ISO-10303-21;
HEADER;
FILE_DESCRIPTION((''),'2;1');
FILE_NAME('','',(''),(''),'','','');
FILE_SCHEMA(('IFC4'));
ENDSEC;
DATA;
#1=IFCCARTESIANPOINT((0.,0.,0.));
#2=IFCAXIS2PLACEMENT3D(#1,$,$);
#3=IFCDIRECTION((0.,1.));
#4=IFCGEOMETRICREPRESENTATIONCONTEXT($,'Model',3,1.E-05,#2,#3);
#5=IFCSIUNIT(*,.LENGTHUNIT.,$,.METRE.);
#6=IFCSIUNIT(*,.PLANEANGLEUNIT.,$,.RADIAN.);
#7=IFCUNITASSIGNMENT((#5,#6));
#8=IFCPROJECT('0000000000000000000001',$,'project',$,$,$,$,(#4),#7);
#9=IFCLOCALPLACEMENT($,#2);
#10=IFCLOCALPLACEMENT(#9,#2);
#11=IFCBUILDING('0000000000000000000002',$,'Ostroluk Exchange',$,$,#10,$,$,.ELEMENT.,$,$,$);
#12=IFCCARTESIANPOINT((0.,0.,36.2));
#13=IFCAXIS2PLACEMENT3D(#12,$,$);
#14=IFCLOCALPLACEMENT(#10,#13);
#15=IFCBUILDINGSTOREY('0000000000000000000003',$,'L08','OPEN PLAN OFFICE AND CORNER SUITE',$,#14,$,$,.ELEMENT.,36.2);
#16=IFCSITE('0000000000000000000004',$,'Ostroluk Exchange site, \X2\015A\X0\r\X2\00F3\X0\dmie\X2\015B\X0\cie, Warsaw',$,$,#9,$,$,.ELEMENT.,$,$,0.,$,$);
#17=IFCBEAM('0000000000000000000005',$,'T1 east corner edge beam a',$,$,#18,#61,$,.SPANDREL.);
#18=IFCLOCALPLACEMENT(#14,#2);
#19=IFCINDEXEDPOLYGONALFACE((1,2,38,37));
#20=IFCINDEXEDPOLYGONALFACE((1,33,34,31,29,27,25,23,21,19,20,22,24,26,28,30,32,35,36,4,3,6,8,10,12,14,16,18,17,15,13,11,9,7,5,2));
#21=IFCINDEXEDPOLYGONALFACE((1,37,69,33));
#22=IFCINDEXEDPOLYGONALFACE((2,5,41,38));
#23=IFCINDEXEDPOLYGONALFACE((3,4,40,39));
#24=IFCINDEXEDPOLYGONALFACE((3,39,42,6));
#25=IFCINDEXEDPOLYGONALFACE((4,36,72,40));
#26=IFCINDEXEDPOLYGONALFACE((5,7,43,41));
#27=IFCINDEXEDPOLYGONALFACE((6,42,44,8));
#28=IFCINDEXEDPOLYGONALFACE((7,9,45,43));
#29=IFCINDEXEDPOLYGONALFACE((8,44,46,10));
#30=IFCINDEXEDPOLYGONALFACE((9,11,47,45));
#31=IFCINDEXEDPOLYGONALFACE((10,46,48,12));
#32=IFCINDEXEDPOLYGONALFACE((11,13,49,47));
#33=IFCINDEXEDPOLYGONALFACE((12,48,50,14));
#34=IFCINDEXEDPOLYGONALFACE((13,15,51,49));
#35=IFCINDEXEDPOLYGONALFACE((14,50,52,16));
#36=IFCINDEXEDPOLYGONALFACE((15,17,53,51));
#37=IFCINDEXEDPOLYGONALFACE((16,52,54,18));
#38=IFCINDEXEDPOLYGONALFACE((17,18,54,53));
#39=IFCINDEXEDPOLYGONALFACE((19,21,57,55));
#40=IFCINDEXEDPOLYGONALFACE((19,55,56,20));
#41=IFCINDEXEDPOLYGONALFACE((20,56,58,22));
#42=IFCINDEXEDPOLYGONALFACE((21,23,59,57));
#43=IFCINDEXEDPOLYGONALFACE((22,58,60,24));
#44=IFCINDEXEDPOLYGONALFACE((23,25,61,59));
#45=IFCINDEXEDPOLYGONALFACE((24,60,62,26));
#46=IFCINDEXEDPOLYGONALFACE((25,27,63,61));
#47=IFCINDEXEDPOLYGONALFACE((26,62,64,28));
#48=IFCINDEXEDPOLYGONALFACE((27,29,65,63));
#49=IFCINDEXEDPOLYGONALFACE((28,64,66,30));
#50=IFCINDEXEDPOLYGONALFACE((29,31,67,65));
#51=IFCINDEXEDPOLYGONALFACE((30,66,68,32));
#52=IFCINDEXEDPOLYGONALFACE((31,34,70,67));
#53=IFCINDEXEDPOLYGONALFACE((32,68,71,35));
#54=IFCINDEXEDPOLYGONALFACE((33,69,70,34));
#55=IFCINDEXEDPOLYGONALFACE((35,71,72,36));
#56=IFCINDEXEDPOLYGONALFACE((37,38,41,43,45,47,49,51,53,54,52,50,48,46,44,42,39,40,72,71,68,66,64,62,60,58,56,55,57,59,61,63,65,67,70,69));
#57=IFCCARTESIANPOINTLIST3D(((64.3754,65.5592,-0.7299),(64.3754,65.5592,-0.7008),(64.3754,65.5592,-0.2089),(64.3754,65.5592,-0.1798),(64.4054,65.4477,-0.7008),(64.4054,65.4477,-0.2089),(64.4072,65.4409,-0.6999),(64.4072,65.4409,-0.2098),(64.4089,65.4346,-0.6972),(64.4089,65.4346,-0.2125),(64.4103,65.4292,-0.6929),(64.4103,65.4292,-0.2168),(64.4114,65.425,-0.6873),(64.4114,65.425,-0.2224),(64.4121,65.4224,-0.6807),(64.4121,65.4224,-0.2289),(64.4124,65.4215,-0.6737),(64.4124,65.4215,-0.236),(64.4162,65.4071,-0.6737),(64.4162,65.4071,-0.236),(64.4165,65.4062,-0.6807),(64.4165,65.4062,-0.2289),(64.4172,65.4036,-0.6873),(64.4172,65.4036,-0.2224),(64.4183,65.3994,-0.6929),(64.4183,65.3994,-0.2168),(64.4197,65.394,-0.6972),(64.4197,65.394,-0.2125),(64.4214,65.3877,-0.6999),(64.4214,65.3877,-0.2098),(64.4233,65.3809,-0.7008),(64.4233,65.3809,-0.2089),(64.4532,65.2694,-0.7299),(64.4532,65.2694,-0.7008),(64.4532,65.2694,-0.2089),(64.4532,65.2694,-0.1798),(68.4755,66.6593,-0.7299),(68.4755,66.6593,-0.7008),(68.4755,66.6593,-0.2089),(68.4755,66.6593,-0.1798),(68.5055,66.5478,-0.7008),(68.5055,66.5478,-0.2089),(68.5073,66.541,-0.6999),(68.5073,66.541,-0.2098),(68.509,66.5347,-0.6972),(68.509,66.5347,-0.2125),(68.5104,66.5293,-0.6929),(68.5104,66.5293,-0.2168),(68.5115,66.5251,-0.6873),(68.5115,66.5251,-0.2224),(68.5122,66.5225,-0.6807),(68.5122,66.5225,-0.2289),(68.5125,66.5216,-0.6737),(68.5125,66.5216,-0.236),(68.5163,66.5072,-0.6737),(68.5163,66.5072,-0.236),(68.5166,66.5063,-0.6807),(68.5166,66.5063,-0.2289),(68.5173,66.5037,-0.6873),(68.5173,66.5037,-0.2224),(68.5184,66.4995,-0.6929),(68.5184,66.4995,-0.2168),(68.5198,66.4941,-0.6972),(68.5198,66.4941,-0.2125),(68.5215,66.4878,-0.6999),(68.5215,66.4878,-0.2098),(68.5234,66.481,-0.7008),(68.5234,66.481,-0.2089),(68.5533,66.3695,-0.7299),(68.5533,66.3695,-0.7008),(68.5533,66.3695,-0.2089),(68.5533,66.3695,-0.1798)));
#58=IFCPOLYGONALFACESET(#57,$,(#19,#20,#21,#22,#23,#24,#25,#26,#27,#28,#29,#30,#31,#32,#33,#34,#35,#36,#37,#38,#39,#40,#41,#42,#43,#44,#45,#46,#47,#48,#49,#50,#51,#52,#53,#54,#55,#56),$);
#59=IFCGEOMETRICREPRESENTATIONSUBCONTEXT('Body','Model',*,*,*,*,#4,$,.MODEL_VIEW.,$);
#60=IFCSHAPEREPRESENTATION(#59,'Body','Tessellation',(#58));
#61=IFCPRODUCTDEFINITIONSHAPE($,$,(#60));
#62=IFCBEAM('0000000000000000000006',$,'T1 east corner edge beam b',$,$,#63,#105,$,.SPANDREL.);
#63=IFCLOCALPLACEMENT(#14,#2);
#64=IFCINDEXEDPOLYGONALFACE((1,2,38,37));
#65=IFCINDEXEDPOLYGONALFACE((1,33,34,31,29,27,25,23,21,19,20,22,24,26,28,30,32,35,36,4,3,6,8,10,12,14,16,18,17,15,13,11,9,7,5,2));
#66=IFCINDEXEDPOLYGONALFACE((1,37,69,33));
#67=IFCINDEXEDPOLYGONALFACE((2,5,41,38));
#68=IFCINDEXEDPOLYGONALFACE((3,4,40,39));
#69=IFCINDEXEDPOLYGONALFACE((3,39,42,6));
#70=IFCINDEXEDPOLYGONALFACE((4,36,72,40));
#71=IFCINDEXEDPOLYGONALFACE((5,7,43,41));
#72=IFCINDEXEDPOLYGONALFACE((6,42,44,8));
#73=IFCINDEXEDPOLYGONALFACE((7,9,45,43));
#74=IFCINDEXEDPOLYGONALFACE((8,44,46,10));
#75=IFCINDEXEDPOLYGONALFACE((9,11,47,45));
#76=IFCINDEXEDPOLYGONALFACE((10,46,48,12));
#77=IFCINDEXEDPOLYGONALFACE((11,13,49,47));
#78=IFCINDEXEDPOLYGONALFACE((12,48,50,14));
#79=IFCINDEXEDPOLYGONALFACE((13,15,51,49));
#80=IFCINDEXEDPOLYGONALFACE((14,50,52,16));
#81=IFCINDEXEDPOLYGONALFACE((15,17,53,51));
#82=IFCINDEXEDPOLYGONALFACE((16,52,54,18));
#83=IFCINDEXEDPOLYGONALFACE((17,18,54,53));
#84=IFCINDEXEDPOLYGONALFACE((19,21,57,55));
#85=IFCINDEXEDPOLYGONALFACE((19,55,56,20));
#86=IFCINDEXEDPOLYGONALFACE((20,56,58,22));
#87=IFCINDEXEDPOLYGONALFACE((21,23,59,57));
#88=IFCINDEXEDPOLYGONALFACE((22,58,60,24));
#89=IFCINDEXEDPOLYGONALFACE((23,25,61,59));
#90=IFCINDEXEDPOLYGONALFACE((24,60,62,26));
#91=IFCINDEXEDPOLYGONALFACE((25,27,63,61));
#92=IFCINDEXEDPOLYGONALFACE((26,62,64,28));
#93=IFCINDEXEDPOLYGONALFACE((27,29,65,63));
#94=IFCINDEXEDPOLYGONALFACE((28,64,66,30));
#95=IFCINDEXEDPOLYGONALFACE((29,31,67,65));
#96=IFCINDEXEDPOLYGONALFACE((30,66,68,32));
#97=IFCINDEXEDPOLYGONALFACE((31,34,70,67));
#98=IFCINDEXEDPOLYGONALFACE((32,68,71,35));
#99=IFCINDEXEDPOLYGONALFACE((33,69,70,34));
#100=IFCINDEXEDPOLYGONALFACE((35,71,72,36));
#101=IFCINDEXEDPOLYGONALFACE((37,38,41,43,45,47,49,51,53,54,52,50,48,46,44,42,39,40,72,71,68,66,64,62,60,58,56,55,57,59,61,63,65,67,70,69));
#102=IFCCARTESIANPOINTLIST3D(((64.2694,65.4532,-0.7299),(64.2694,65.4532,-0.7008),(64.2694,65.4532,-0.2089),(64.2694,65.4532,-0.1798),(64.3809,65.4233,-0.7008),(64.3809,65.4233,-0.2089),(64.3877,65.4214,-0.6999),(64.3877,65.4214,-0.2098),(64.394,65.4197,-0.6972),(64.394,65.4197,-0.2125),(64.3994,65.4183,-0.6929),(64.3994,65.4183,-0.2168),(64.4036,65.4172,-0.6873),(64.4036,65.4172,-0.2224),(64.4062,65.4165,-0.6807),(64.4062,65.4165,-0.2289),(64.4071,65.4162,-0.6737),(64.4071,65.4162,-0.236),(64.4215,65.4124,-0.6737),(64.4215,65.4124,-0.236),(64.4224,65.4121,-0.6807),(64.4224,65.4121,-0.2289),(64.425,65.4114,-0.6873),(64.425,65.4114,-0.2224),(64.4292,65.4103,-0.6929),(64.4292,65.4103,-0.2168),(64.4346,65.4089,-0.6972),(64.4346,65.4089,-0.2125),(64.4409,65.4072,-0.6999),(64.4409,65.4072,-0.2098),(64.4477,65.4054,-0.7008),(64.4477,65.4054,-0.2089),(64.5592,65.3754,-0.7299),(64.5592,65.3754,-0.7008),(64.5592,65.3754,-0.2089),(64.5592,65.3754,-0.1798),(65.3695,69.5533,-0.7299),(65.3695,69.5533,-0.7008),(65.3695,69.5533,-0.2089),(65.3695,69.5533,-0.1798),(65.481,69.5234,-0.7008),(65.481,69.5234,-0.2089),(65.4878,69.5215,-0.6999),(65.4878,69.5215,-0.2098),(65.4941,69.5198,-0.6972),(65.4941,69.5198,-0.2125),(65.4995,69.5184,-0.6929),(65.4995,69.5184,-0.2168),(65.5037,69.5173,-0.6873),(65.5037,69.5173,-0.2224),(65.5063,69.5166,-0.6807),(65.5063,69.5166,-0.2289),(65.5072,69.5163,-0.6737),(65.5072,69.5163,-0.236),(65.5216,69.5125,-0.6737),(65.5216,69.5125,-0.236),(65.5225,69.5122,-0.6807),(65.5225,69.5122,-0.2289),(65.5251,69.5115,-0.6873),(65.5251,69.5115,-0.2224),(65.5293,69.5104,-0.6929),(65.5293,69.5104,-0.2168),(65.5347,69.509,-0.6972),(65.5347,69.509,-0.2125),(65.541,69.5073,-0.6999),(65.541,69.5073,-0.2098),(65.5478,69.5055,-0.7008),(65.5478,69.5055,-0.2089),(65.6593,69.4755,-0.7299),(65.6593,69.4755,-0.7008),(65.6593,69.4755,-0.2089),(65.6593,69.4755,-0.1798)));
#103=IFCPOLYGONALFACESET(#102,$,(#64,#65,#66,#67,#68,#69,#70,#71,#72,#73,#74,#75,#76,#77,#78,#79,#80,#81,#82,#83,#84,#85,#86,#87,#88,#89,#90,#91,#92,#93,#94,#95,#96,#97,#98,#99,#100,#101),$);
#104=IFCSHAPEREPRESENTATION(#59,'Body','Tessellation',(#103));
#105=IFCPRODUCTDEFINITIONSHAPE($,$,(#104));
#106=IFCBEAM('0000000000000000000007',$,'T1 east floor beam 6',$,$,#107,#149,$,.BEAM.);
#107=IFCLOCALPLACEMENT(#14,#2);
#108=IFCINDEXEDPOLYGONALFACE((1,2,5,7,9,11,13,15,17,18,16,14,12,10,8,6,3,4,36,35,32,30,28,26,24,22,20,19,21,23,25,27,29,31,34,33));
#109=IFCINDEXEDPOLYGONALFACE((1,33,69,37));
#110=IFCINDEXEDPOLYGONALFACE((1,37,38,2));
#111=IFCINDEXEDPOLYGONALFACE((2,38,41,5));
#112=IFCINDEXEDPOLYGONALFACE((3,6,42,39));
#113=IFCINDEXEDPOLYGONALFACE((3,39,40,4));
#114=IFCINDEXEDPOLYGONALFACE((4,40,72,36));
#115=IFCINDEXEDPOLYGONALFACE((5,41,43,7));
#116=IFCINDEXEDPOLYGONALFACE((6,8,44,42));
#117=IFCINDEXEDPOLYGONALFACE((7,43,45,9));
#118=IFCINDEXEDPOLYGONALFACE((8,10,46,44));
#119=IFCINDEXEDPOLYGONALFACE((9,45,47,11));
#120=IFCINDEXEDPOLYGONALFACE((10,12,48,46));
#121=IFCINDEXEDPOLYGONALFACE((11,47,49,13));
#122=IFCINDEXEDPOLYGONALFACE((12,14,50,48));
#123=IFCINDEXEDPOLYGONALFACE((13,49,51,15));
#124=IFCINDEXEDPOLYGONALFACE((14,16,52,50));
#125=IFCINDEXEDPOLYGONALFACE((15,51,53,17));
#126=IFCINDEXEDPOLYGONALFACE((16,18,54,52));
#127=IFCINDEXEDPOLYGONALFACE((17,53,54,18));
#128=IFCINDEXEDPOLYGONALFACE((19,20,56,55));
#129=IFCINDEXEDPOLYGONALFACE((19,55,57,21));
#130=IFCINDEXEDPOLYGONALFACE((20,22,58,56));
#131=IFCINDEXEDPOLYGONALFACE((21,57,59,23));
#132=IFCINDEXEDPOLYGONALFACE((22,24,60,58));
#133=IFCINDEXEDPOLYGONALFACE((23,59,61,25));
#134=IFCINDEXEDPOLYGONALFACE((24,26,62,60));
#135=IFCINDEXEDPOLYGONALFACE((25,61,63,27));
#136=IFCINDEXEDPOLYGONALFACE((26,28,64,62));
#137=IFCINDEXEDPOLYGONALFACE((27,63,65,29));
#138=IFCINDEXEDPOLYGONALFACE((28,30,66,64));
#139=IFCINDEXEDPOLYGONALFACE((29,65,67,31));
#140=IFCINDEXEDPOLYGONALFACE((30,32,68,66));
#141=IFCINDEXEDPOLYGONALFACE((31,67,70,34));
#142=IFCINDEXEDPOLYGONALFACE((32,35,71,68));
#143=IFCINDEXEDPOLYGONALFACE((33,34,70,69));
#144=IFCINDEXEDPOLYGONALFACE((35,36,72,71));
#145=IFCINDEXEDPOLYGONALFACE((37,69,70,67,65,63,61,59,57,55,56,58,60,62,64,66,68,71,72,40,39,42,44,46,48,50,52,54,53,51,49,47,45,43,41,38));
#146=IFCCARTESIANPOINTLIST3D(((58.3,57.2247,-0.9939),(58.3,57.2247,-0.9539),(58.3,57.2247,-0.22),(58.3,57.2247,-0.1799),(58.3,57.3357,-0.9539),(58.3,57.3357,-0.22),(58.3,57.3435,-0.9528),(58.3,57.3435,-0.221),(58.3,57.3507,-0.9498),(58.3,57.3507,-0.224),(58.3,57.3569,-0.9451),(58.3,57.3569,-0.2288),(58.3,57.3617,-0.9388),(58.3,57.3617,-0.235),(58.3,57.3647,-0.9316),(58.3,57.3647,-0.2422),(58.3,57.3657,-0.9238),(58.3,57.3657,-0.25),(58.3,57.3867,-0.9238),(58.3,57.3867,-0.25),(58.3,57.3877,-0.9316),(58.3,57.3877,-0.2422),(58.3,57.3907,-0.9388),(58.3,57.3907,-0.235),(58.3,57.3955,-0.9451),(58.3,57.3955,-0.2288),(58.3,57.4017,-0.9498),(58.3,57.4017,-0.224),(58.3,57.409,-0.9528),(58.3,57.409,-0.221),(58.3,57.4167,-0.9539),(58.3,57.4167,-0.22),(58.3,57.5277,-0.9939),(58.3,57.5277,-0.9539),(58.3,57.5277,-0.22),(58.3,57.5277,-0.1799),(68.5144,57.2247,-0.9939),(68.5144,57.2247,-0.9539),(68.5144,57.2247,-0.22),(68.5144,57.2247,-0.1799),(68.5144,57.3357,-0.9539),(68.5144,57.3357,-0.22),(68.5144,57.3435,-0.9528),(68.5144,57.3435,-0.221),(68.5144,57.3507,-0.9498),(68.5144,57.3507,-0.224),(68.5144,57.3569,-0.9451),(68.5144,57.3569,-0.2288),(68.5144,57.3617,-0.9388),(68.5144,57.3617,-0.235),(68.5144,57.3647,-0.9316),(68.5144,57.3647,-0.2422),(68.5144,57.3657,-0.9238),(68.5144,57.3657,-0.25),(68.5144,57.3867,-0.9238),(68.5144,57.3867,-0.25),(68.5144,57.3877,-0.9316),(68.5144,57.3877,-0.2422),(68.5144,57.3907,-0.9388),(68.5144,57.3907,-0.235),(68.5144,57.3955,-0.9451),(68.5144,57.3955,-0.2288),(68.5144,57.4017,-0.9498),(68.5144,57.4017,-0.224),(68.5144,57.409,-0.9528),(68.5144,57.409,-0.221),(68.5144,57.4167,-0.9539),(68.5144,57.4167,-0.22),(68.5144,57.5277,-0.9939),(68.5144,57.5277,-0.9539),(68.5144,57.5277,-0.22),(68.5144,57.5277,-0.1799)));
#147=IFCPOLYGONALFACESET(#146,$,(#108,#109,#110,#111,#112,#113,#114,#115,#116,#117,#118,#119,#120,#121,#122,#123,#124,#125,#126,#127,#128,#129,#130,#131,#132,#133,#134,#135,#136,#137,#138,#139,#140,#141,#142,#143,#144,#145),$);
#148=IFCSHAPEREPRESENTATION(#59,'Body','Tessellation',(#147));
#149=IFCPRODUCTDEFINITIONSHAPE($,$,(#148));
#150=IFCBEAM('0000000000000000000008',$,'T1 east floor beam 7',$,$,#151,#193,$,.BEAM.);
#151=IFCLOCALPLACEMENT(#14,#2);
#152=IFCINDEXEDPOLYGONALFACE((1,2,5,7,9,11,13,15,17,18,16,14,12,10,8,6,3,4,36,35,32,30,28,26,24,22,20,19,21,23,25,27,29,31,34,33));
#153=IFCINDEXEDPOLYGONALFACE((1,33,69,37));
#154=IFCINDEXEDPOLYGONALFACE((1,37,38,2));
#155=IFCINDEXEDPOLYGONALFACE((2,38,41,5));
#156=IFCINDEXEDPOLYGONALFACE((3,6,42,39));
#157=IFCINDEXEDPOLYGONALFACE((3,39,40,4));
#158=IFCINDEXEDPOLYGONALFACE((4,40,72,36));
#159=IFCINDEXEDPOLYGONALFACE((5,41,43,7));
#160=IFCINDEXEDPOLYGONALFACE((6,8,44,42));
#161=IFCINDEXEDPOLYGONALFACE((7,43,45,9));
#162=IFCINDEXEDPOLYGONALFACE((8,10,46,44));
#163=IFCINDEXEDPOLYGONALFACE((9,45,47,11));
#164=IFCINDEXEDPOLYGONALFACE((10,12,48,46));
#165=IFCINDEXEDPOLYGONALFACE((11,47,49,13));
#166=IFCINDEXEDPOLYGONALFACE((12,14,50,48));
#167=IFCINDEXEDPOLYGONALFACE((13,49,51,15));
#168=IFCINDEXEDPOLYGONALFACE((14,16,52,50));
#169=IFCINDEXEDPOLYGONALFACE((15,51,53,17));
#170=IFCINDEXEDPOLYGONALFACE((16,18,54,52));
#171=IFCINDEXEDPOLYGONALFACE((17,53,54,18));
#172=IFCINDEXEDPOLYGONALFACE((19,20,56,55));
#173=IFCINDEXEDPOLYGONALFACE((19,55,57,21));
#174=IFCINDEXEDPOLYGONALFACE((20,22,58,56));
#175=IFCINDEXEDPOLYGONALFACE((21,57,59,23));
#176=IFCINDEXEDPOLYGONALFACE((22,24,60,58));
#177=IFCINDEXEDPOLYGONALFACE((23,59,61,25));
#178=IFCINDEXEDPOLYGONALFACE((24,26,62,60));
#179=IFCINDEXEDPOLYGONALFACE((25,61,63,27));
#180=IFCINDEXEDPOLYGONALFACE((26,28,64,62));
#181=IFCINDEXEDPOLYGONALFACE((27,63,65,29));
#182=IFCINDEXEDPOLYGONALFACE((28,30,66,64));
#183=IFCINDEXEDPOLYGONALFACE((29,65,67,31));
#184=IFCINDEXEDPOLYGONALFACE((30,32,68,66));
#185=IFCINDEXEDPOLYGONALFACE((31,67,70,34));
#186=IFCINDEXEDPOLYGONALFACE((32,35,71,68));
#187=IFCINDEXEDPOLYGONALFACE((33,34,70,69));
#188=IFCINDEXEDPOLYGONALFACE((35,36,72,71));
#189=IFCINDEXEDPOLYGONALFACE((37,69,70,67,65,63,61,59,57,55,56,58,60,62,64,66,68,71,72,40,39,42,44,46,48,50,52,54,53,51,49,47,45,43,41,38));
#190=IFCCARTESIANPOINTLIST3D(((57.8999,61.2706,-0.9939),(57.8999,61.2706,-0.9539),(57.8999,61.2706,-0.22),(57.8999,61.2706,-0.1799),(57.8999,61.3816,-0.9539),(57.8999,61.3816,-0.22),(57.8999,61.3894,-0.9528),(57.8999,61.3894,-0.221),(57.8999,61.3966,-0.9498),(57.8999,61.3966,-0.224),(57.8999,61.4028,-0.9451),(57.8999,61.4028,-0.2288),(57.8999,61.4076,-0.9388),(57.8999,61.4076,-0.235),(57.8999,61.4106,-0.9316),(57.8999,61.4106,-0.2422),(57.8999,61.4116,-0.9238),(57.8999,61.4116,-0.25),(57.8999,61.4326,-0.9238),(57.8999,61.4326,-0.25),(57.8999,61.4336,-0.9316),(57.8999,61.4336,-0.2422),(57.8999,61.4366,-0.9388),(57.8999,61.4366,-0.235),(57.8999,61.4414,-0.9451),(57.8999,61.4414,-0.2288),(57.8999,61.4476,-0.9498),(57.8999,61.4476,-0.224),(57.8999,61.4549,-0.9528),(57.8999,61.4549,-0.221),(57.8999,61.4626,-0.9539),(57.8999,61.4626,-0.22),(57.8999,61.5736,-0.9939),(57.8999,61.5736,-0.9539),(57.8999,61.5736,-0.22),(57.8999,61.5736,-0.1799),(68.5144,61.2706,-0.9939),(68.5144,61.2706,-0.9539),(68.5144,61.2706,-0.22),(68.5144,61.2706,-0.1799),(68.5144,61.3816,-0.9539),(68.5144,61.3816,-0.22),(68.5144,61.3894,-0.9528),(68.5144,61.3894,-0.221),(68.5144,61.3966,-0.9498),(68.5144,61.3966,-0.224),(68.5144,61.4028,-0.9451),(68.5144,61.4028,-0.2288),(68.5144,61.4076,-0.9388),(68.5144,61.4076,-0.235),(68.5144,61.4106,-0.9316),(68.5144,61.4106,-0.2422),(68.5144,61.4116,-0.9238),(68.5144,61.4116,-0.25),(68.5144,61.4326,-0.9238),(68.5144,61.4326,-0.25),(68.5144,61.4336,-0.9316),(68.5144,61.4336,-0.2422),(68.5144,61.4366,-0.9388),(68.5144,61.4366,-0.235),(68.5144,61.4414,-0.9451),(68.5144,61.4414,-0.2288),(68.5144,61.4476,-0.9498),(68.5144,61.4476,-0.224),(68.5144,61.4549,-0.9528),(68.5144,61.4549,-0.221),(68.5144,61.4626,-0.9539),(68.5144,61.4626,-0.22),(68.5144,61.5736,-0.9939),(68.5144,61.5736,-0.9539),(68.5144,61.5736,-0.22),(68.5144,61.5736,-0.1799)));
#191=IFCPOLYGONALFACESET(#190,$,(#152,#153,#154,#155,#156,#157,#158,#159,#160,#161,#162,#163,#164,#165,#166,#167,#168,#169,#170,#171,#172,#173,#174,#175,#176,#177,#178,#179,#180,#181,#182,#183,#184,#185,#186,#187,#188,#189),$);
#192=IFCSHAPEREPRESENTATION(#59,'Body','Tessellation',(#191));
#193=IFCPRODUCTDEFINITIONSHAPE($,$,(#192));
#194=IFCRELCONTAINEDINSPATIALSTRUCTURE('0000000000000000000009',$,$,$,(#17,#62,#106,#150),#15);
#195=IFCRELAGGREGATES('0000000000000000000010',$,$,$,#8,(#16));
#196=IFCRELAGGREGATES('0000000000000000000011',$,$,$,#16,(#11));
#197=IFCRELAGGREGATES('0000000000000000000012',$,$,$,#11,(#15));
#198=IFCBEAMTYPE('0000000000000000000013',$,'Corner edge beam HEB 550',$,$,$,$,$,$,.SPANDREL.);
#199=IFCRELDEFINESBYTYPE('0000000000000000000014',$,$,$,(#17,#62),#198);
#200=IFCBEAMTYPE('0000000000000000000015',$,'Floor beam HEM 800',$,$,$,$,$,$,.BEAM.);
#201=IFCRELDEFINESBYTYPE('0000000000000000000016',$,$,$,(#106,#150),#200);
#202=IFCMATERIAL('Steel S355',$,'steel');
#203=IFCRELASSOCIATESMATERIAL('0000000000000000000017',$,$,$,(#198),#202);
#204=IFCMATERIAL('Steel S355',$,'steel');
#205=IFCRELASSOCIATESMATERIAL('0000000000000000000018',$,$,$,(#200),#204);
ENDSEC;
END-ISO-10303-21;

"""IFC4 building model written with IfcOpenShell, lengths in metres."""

from ifc_helpers import new_model, si_unit, direction, frame, origin, origin_2d, place, context, subcontext, project, spatial, i_section, extrude, material, material_profile, profile_set, type_object, element, save


model = new_model("IFC4")

# Units and contexts
model_context = context("Model", 3, precision=1e-05, world=origin(), true_north=direction((0.0, 1.0)))
body_context = subcontext(model_context, "Body", "Model", "MODEL_VIEW")
ifc_project = project(units=[si_unit("LENGTHUNIT", "METRE"), si_unit("PLANEANGLEUNIT", "RADIAN")], contexts=[model_context])

# Site, building, storey
site_placement = place(None, origin())
site = spatial("IfcSite", under=ifc_project, at=site_placement, Name="Ostroluk Exchange site, Śródmieście, Warsaw", CompositionType="ELEMENT", RefElevation=0.0)
building_placement = place(site_placement, origin())
building = spatial("IfcBuilding", under=site, at=building_placement, Name="Ostroluk Exchange", CompositionType="ELEMENT")
storey_placement = place(building_placement, frame((0.0, 0.0, 36.2)))
storey = spatial("IfcBuildingStorey", under=building, at=storey_placement, Name="L08", Description="OPEN PLAN OFFICE AND CORNER SUITE", CompositionType="ELEMENT", Elevation=36.2)

# Beams
ifc_material_1 = material(Name="Steel S355", Category="steel")
ifc_material_profile_1 = material_profile(ifc_material_1, i_section(OverallWidth=0.3, OverallDepth=0.55, WebThickness=0.0149, FlangeThickness=0.0291, FilletRadius=0.0271, at=origin_2d()), Name="HEB 550")
ifc_profile_set_1 = profile_set([ifc_material_profile_1], Name="Steel S355")
beam_type_1 = type_object("IfcBeamType", Name="Corner edge beam HEB 550", PredefinedType="SPANDREL", material=ifc_profile_set_1)
for number, where, z_axis, x_axis, name in (
    (1, (64.4143, 65.4143, -0.4548), (0.965839, 0.259144, 0.0), (-0.259144, 0.965839, 0.0), "T1 east corner edge beam a"),
    (2, (64.4143, 65.4143, -0.4548), (0.259144, 0.965839, 0.0), (-0.965839, 0.259144, 0.0), "T1 east corner edge beam b"),
):
    element("IfcBeam", number, at=place(storey_placement, frame(where, z_axis=z_axis, x_axis=x_axis)), inside=storey, type_object=beam_type_1, Name=name, PredefinedType="SPANDREL", context=body_context, shape_type="SweptSolid", body=[
        extrude(i_section(OverallWidth=0.3, OverallDepth=0.55, WebThickness=0.0149, FlangeThickness=0.0291, FilletRadius=0.0271, at=origin_2d()), origin(), (0.0, 0.0, 1.0), 4.2451),
    ])
ifc_material_2 = material(Name="Steel S355", Category="steel")
ifc_material_profile_2 = material_profile(ifc_material_2, i_section(OverallWidth=0.303, OverallDepth=0.814, WebThickness=0.021, FlangeThickness=0.04, FilletRadius=0.03, at=origin_2d()), Name="HEM 800")
ifc_profile_set_2 = profile_set([ifc_material_profile_2], Name="Steel S355")
beam_type_2 = type_object("IfcBeamType", Name="Floor beam HEM 800", PredefinedType="BEAM", material=ifc_profile_set_2)
beam_1_placement = place(storey_placement, frame((58.3, 57.3762, -0.5869), z_axis=(1.0, 0.0, 0.0), x_axis=(0.0, 1.0, 0.0)))
element("IfcBeam", 3, at=beam_1_placement, inside=storey, type_object=beam_type_2, Name="T1 east floor beam 6", PredefinedType="BEAM", context=body_context, shape_type="SweptSolid", body=[
    extrude(i_section(OverallWidth=0.303, OverallDepth=0.814, WebThickness=0.021, FlangeThickness=0.04, FilletRadius=0.03, at=origin_2d()), origin(), (0.0, 0.0, 1.0), 10.2144),
])
beam_2_placement = place(storey_placement, frame((57.8999, 61.4221, -0.5869), z_axis=(1.0, 0.0, 0.0), x_axis=(0.0, 1.0, 0.0)))
element("IfcBeam", 4, at=beam_2_placement, inside=storey, type_object=beam_type_2, Name="T1 east floor beam 7", PredefinedType="BEAM", context=body_context, shape_type="SweptSolid", body=[
    extrude(i_section(OverallWidth=0.303, OverallDepth=0.814, WebThickness=0.021, FlangeThickness=0.04, FilletRadius=0.03, at=origin_2d()), origin(), (0.0, 0.0, 1.0), 10.6145),
])

save(model, "model.ifc")
